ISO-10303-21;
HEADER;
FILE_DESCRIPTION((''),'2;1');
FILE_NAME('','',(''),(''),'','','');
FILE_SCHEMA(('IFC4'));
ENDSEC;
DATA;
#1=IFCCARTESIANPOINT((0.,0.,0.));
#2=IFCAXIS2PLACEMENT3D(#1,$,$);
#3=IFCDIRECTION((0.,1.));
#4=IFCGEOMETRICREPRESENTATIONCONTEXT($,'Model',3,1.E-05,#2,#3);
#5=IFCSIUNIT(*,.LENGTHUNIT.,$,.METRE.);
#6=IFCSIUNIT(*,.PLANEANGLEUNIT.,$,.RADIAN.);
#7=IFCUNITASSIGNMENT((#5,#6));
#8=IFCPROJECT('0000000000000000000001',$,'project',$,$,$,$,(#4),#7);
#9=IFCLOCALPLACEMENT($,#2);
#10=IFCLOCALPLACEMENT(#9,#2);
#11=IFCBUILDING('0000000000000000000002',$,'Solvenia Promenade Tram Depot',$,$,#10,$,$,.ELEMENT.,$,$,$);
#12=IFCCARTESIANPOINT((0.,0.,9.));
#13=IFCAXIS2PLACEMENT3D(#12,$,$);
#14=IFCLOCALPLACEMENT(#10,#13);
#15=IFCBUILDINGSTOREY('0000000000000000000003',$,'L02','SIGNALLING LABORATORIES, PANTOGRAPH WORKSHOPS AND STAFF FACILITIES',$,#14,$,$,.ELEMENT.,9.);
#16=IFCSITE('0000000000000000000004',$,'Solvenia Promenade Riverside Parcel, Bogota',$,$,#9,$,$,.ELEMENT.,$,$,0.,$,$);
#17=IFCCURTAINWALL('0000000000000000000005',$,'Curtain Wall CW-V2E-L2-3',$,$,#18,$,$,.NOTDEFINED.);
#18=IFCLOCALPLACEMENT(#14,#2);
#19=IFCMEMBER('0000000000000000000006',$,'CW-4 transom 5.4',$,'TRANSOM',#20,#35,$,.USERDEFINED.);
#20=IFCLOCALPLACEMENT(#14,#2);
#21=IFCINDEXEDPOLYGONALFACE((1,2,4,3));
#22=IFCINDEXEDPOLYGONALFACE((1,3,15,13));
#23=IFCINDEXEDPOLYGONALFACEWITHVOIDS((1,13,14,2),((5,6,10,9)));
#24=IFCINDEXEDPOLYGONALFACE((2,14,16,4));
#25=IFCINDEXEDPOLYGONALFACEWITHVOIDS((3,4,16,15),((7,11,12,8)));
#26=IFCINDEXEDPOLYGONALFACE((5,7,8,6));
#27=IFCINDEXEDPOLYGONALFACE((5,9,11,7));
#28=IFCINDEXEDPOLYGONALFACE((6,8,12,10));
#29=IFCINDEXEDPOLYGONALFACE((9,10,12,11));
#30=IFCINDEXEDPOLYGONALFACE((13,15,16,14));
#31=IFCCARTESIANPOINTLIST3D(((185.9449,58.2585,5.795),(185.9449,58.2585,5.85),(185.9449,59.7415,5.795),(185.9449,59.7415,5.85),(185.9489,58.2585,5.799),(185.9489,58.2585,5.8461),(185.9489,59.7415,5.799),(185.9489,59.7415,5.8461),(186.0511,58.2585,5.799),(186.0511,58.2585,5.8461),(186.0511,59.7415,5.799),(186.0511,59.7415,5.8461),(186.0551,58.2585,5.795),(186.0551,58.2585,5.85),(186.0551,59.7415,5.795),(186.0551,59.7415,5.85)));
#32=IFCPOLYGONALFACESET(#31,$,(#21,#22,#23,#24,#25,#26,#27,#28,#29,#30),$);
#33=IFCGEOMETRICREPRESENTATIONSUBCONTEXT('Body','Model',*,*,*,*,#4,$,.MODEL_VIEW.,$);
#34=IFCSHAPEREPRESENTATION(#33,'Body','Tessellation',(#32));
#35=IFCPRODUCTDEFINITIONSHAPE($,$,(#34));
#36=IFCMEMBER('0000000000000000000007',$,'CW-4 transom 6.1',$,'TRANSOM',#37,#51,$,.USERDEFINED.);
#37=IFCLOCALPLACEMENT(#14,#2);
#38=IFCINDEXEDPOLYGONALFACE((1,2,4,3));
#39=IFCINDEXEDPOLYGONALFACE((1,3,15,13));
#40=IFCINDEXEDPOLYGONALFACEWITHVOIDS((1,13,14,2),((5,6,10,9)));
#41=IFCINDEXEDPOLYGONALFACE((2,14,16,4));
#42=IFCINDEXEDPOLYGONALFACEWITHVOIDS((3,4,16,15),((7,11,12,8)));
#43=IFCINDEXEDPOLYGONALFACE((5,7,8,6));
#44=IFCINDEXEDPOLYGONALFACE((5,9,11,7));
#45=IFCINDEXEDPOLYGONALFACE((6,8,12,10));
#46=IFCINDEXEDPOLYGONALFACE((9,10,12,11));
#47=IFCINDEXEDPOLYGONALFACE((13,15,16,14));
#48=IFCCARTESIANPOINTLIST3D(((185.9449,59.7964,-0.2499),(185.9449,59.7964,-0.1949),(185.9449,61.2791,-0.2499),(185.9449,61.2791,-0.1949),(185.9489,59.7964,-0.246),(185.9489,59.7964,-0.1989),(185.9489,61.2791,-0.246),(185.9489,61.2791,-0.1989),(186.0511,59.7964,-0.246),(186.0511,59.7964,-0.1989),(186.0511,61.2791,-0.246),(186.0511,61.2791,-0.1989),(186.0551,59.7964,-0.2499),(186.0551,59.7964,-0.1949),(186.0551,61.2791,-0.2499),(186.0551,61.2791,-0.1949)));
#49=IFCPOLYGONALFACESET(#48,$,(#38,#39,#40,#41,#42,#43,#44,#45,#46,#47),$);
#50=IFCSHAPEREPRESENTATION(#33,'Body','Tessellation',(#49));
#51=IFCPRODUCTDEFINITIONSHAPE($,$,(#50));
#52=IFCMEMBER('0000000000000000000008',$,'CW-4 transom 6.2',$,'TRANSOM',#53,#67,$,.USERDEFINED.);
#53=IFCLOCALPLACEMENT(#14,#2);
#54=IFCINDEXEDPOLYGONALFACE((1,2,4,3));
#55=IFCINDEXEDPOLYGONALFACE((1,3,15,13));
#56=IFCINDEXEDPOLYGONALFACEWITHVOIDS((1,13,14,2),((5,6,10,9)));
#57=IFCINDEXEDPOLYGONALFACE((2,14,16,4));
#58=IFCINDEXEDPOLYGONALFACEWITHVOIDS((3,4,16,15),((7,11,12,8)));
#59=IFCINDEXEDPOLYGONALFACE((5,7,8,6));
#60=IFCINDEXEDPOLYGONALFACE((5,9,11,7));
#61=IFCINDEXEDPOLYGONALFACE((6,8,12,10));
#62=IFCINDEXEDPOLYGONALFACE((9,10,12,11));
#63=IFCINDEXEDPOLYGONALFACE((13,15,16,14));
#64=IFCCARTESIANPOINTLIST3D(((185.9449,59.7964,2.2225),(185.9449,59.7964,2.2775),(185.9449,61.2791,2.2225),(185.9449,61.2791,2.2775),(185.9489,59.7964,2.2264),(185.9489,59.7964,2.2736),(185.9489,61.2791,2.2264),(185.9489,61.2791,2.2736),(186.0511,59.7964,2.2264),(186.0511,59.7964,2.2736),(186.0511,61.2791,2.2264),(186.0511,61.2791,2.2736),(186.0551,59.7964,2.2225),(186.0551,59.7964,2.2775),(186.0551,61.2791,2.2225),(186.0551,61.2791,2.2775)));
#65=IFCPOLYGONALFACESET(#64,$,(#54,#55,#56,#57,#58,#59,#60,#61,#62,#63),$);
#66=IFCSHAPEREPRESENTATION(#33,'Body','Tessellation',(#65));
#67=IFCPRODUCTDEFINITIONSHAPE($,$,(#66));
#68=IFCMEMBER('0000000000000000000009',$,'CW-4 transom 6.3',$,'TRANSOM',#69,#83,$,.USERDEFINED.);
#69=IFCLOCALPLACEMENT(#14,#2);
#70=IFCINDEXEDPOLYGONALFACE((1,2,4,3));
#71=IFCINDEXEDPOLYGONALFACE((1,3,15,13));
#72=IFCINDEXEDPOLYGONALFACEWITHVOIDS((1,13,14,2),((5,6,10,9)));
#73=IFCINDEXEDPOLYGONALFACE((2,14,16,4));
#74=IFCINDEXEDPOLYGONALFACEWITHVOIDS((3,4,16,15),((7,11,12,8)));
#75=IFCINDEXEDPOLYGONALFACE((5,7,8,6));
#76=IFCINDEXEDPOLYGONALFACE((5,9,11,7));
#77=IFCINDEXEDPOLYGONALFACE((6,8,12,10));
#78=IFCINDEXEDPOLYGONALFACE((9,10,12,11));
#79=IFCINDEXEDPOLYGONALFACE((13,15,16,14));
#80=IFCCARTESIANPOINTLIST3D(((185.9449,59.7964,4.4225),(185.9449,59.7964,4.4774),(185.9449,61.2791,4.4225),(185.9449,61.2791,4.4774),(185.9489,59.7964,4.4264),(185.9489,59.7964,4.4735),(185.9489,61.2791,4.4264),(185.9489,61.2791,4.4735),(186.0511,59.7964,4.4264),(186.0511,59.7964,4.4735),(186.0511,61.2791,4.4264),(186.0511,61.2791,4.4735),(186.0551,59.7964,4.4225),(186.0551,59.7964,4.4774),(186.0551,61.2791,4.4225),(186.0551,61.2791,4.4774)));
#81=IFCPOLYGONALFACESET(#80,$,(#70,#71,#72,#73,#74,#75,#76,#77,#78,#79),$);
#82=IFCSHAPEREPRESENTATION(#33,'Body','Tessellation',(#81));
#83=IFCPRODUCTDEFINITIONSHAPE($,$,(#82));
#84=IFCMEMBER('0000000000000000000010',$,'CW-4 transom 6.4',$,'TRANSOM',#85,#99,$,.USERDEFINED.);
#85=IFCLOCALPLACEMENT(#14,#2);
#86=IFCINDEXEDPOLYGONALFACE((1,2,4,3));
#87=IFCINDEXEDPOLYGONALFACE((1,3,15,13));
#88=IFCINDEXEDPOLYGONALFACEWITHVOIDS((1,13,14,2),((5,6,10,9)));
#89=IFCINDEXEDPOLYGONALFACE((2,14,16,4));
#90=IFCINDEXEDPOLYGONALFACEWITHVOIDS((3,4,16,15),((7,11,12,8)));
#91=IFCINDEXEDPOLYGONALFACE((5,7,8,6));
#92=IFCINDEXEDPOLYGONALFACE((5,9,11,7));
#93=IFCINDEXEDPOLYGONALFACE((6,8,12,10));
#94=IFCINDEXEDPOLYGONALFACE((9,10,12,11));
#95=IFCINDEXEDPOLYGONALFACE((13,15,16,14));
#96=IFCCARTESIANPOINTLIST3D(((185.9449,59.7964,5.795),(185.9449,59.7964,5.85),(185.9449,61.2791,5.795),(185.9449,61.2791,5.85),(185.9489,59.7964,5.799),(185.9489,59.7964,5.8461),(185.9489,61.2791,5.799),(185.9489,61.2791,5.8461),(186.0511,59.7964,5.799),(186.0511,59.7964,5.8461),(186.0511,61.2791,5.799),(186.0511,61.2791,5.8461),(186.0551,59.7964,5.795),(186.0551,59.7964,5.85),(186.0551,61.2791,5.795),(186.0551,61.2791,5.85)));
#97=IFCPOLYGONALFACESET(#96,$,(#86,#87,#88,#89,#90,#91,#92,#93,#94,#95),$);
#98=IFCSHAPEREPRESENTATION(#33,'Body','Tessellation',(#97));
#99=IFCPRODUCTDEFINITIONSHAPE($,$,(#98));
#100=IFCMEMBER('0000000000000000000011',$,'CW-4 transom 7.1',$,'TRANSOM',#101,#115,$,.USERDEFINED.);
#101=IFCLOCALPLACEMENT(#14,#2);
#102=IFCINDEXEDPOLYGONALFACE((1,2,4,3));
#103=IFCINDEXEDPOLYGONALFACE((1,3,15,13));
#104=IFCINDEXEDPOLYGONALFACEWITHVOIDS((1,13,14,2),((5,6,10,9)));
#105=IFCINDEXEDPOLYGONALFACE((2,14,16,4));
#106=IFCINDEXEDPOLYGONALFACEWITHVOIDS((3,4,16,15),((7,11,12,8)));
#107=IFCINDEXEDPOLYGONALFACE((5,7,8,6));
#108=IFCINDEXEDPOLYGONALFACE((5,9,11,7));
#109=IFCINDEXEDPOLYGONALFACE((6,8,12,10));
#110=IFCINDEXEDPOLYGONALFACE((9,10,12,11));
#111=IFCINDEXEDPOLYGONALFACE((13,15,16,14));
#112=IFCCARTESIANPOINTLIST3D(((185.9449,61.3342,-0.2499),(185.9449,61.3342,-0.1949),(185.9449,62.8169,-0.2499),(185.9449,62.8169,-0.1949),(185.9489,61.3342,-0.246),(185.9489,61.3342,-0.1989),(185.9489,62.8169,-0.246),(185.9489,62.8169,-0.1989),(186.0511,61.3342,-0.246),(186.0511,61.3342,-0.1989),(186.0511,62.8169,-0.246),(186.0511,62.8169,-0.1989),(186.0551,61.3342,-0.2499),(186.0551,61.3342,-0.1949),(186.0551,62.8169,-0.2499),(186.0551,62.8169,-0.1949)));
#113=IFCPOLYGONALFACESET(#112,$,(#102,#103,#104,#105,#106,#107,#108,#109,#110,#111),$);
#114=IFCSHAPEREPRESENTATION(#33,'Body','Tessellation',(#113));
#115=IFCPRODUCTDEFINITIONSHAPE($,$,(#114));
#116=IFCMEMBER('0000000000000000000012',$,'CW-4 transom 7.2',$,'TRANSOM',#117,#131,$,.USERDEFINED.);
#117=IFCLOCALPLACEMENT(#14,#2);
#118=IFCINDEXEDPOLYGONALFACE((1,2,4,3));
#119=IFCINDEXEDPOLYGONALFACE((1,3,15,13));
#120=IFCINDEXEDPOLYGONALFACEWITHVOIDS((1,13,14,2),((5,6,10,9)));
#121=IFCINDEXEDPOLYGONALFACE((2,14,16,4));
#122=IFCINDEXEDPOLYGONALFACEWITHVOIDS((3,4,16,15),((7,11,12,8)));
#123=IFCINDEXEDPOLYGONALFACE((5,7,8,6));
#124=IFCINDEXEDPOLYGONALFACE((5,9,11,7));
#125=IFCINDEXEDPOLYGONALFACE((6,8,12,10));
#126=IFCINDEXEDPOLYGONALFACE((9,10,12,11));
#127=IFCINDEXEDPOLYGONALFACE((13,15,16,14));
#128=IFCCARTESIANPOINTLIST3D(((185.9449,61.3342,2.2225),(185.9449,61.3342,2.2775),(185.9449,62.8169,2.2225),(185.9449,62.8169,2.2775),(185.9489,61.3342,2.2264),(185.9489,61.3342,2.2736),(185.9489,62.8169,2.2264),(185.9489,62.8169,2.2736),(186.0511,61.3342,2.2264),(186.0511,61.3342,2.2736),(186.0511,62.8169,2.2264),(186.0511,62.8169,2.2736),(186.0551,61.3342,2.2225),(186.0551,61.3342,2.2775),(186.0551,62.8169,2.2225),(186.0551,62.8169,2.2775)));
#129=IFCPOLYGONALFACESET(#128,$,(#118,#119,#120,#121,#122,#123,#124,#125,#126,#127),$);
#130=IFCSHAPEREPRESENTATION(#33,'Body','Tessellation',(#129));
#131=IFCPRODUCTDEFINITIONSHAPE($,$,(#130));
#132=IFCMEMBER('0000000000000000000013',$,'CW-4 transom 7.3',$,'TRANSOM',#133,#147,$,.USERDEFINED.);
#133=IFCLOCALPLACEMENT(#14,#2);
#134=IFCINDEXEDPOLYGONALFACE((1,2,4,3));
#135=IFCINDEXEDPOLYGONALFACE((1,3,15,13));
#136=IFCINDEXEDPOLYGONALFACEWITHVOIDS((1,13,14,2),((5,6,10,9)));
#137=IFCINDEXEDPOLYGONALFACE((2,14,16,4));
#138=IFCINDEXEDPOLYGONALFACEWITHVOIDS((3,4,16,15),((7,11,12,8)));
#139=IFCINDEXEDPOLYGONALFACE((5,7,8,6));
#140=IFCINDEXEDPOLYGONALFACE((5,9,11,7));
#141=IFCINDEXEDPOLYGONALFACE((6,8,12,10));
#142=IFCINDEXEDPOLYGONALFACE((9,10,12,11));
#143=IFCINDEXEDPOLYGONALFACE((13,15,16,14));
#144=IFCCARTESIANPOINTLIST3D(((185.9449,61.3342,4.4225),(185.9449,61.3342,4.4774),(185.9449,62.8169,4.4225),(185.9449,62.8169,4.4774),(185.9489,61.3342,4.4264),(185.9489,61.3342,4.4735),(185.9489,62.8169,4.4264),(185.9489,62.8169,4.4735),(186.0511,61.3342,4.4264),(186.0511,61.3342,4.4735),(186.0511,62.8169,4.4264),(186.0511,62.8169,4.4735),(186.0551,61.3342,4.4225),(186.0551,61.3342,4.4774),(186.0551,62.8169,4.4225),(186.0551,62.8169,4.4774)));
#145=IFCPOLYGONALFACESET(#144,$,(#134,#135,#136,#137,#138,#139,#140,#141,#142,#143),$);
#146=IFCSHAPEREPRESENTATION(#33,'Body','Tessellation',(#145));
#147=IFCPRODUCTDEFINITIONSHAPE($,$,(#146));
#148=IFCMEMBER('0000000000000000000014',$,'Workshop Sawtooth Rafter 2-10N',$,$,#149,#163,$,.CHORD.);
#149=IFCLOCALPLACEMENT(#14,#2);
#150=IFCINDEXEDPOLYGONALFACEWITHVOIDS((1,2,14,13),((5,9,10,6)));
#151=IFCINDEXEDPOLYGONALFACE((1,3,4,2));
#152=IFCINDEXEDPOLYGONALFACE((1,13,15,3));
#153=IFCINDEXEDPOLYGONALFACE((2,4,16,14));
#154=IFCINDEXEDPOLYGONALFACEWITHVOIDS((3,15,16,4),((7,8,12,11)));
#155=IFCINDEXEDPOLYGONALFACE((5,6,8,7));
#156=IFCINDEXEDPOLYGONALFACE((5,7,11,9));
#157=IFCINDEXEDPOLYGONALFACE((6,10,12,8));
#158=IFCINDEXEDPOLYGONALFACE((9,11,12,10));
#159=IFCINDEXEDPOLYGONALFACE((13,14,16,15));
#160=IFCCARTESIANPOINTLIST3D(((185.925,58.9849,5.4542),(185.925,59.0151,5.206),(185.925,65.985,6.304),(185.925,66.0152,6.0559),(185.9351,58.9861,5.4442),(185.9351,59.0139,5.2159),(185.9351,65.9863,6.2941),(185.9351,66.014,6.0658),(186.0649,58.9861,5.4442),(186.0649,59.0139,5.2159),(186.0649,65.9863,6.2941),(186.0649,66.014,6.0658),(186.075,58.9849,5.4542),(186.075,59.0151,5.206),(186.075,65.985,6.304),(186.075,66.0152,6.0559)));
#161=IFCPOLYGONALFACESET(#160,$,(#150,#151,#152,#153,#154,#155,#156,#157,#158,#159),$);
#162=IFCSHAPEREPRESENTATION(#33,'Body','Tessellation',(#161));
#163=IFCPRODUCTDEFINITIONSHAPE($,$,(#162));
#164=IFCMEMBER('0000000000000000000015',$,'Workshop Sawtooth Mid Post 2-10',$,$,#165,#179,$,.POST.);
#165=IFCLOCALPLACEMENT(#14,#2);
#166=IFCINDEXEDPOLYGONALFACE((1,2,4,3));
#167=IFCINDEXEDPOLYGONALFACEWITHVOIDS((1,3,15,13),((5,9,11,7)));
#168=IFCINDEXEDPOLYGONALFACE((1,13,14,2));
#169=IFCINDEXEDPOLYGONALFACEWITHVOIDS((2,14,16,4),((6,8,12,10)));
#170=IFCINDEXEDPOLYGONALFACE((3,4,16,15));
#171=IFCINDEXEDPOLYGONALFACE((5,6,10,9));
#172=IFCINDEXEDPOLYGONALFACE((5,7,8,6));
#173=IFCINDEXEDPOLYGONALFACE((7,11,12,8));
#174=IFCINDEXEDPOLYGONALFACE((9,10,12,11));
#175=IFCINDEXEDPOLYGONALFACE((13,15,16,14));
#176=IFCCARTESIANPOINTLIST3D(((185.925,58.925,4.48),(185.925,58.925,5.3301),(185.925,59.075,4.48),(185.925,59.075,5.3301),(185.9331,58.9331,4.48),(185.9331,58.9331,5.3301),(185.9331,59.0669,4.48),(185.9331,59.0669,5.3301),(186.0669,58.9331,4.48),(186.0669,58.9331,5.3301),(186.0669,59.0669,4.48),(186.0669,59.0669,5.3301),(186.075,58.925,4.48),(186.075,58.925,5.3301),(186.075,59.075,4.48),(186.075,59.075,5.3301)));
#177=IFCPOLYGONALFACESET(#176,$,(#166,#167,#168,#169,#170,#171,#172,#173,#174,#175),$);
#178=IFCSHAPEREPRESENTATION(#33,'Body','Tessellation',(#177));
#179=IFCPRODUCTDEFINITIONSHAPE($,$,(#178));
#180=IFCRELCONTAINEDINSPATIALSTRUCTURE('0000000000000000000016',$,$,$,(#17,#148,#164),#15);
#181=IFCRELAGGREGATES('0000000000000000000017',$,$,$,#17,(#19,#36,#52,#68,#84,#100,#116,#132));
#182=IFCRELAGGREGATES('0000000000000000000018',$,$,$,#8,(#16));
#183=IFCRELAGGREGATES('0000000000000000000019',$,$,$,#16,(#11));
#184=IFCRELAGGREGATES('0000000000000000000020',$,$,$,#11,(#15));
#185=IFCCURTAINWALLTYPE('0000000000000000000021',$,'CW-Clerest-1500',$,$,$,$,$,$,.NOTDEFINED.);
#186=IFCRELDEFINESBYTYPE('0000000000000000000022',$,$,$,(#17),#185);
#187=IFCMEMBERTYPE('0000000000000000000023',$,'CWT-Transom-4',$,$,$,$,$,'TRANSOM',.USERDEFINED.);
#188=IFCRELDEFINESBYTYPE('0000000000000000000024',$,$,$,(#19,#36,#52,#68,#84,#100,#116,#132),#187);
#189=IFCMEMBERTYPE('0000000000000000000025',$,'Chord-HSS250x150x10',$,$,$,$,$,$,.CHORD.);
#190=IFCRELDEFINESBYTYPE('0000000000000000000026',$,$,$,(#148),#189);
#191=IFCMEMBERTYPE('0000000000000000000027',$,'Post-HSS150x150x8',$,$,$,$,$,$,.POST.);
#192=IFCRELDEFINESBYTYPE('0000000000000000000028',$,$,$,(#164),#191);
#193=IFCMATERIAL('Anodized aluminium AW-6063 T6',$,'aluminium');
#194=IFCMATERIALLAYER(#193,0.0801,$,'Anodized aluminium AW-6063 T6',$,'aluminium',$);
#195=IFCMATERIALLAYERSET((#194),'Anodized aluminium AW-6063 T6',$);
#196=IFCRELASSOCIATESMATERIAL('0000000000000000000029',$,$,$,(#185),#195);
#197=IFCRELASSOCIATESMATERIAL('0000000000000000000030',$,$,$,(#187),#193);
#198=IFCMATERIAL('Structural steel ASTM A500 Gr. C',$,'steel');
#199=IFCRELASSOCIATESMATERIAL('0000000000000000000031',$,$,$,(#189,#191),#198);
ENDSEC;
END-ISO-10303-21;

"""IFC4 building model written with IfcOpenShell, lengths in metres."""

from ifc_helpers import new_model, si_unit, direction, frame, origin, origin_2d, place, context, subcontext, project, spatial, hollow_rectangle, extrude, material, layer, layer_set, material_profile, profile_set, type_object, element, aggregate, save


model = new_model("IFC4")

# Units and contexts
model_context = context("Model", 3, precision=1e-05, world=origin(), true_north=direction((0.0, 1.0)))
body_context = subcontext(model_context, "Body", "Model", "MODEL_VIEW")
ifc_project = project(units=[si_unit("LENGTHUNIT", "METRE"), si_unit("PLANEANGLEUNIT", "RADIAN")], contexts=[model_context])

# Site, building, storey
site_placement = place(None, origin())
site = spatial("IfcSite", under=ifc_project, at=site_placement, Name="Solvenia Promenade Riverside Parcel, Bogota", CompositionType="ELEMENT", RefElevation=0.0)
building_placement = place(site_placement, origin())
building = spatial("IfcBuilding", under=site, at=building_placement, Name="Solvenia Promenade Tram Depot", CompositionType="ELEMENT")
storey_placement = place(building_placement, frame((0.0, 0.0, 9.0)))
storey = spatial("IfcBuildingStorey", under=building, at=storey_placement, Name="L02", Description="SIGNALLING LABORATORIES, PANTOGRAPH WORKSHOPS AND STAFF FACILITIES", CompositionType="ELEMENT", Elevation=9.0)

# Curtain wall, members
ifc_material_1 = material(Name="Anodized aluminium AW-6063 T6", Category="aluminium")
ifc_layer_1 = layer(ifc_material_1, 0.0801, Name="Anodized aluminium AW-6063 T6", Category="aluminium")
ifc_layer_set_1 = layer_set([ifc_layer_1], Name="Anodized aluminium AW-6063 T6")
curtain_wall_type = type_object("IfcCurtainWallType", Name="CW-Clerest-1500", PredefinedType="NOTDEFINED", material=ifc_layer_set_1)
curtain_wall_placement = place(storey_placement, origin())
curtain_wall = element("IfcCurtainWall", 1, at=curtain_wall_placement, inside=storey, type_object=curtain_wall_type, Name="Curtain Wall CW-V2E-L2-3", PredefinedType="NOTDEFINED")
ifc_material_profile_1 = material_profile(ifc_material_1, hollow_rectangle(XDim=0.1101, YDim=0.0549, WallThickness=0.0039, at=origin_2d()), Name="ALU-T4", Category="aluminium")
ifc_profile_set_1 = profile_set([ifc_material_profile_1], Name="Anodized aluminium AW-6063 T6")
member_type_1 = type_object("IfcMemberType", Name="CWT-Transom-4", ElementType="TRANSOM", PredefinedType="USERDEFINED", material=ifc_profile_set_1)
member_1_placement = place(storey_placement, frame((186.0, 58.2585, 5.8225), z_axis=(0.0, 1.0, 0.0), x_axis=(-1.0, 0.0, 0.0)))
member_1 = element("IfcMember", 2, at=member_1_placement, type_object=member_type_1, Name="CW-4 transom 5.4", ObjectType="TRANSOM", PredefinedType="USERDEFINED", context=body_context, shape_type="SweptSolid", body=[
    extrude(hollow_rectangle(XDim=0.1101, YDim=0.0549, WallThickness=0.0039, at=origin_2d()), origin(), (0.0, 0.0, 1.0), 1.4829),
])
member_2_placement = place(storey_placement, frame((186.0, 59.7964, -0.2224), z_axis=(0.0, 1.0, 0.0), x_axis=(-1.0, 0.0, 0.0)))
member_2 = element("IfcMember", 3, at=member_2_placement, type_object=member_type_1, Name="CW-4 transom 6.1", ObjectType="TRANSOM", PredefinedType="USERDEFINED", context=body_context, shape_type="SweptSolid", body=[
    extrude(hollow_rectangle(XDim=0.1101, YDim=0.0549, WallThickness=0.0039, at=origin_2d()), origin(), (0.0, 0.0, 1.0), 1.4827),
])
member_3_placement = place(storey_placement, frame((186.0, 59.7964, 2.25), z_axis=(0.0, 1.0, 0.0), x_axis=(-1.0, 0.0, 0.0)))
member_3 = element("IfcMember", 4, at=member_3_placement, type_object=member_type_1, Name="CW-4 transom 6.2", ObjectType="TRANSOM", PredefinedType="USERDEFINED", context=body_context, shape_type="SweptSolid", body=[
    extrude(hollow_rectangle(XDim=0.1101, YDim=0.0549, WallThickness=0.0039, at=origin_2d()), origin(), (0.0, 0.0, 1.0), 1.4827),
])
member_4_placement = place(storey_placement, frame((186.0, 59.7964, 4.45), z_axis=(0.0, 1.0, 0.0), x_axis=(-1.0, 0.0, 0.0)))
member_4 = element("IfcMember", 5, at=member_4_placement, type_object=member_type_1, Name="CW-4 transom 6.3", ObjectType="TRANSOM", PredefinedType="USERDEFINED", context=body_context, shape_type="SweptSolid", body=[
    extrude(hollow_rectangle(XDim=0.1101, YDim=0.0549, WallThickness=0.0039, at=origin_2d()), origin(), (0.0, 0.0, 1.0), 1.4827),
])
member_5_placement = place(storey_placement, frame((186.0, 59.7964, 5.8225), z_axis=(0.0, 1.0, 0.0), x_axis=(-1.0, 0.0, 0.0)))
member_5 = element("IfcMember", 6, at=member_5_placement, type_object=member_type_1, Name="CW-4 transom 6.4", ObjectType="TRANSOM", PredefinedType="USERDEFINED", context=body_context, shape_type="SweptSolid", body=[
    extrude(hollow_rectangle(XDim=0.1101, YDim=0.0549, WallThickness=0.0039, at=origin_2d()), origin(), (0.0, 0.0, 1.0), 1.4827),
])
member_6_placement = place(storey_placement, frame((186.0, 61.3342, -0.2224), z_axis=(0.0, 1.0, 0.0), x_axis=(-1.0, 0.0, 0.0)))
member_6 = element("IfcMember", 7, at=member_6_placement, type_object=member_type_1, Name="CW-4 transom 7.1", ObjectType="TRANSOM", PredefinedType="USERDEFINED", context=body_context, shape_type="SweptSolid", body=[
    extrude(hollow_rectangle(XDim=0.1101, YDim=0.0549, WallThickness=0.0039, at=origin_2d()), origin(), (0.0, 0.0, 1.0), 1.4827),
])
member_7_placement = place(storey_placement, frame((186.0, 61.3342, 2.25), z_axis=(0.0, 1.0, 0.0), x_axis=(-1.0, 0.0, 0.0)))
member_7 = element("IfcMember", 8, at=member_7_placement, type_object=member_type_1, Name="CW-4 transom 7.2", ObjectType="TRANSOM", PredefinedType="USERDEFINED", context=body_context, shape_type="SweptSolid", body=[
    extrude(hollow_rectangle(XDim=0.1101, YDim=0.0549, WallThickness=0.0039, at=origin_2d()), origin(), (0.0, 0.0, 1.0), 1.4827),
])
member_8_placement = place(storey_placement, frame((186.0, 61.3342, 4.45), z_axis=(0.0, 1.0, 0.0), x_axis=(-1.0, 0.0, 0.0)))
member_8 = element("IfcMember", 9, at=member_8_placement, type_object=member_type_1, Name="CW-4 transom 7.3", ObjectType="TRANSOM", PredefinedType="USERDEFINED", context=body_context, shape_type="SweptSolid", body=[
    extrude(hollow_rectangle(XDim=0.1101, YDim=0.0549, WallThickness=0.0039, at=origin_2d()), origin(), (0.0, 0.0, 1.0), 1.4827),
])

# Members
ifc_material_2 = material(Name="Structural steel ASTM A500 Gr. C", Category="steel")
ifc_material_profile_2 = material_profile(ifc_material_2, hollow_rectangle(XDim=0.1499, YDim=0.25, WallThickness=0.01, at=origin_2d()), Name="HSS250x150x10", Category="steel")
ifc_profile_set_2 = profile_set([ifc_material_profile_2], Name="Structural steel ASTM A500 Gr. C")
member_type_2 = type_object("IfcMemberType", Name="Chord-HSS250x150x10", PredefinedType="CHORD", material=ifc_profile_set_2)
member_9_placement = place(storey_placement, frame((186.0, 59.0, 5.3301), z_axis=(0.0, 0.992711, 0.120523), x_axis=(-1.0, 0.0, 0.0)))
element("IfcMember", 10, at=member_9_placement, inside=storey, type_object=member_type_2, Name="Workshop Sawtooth Rafter 2-10N", PredefinedType="CHORD", context=body_context, shape_type="SweptSolid", body=[
    extrude(hollow_rectangle(XDim=0.1499, YDim=0.25, WallThickness=0.01, at=origin_2d()), origin(), (0.0, 0.0, 1.0), 7.0515),
])
ifc_material_profile_3 = material_profile(ifc_material_2, hollow_rectangle(XDim=0.1499, YDim=0.1499, WallThickness=0.0081, at=origin_2d()), Name="HSS150x150x8", Category="steel")
ifc_profile_set_3 = profile_set([ifc_material_profile_3], Name="Structural steel ASTM A500 Gr. C")
member_type_3 = type_object("IfcMemberType", Name="Post-HSS150x150x8", PredefinedType="POST", material=ifc_profile_set_3)
member_10_placement = place(storey_placement, frame((186.0, 59.0, 4.48), z_axis=(0.0, 0.0, 1.0), x_axis=(1.0, 0.0, 0.0)))
element("IfcMember", 11, at=member_10_placement, inside=storey, type_object=member_type_3, Name="Workshop Sawtooth Mid Post 2-10", PredefinedType="POST", context=body_context, shape_type="SweptSolid", body=[
    extrude(hollow_rectangle(XDim=0.1499, YDim=0.1499, WallThickness=0.0081, at=origin_2d()), origin(), (0.0, 0.0, 1.0), 0.8501),
])

aggregate(curtain_wall, [member_1, member_2, member_3, member_4, member_5, member_6, member_7, member_8])

save(model, "model.ifc")
